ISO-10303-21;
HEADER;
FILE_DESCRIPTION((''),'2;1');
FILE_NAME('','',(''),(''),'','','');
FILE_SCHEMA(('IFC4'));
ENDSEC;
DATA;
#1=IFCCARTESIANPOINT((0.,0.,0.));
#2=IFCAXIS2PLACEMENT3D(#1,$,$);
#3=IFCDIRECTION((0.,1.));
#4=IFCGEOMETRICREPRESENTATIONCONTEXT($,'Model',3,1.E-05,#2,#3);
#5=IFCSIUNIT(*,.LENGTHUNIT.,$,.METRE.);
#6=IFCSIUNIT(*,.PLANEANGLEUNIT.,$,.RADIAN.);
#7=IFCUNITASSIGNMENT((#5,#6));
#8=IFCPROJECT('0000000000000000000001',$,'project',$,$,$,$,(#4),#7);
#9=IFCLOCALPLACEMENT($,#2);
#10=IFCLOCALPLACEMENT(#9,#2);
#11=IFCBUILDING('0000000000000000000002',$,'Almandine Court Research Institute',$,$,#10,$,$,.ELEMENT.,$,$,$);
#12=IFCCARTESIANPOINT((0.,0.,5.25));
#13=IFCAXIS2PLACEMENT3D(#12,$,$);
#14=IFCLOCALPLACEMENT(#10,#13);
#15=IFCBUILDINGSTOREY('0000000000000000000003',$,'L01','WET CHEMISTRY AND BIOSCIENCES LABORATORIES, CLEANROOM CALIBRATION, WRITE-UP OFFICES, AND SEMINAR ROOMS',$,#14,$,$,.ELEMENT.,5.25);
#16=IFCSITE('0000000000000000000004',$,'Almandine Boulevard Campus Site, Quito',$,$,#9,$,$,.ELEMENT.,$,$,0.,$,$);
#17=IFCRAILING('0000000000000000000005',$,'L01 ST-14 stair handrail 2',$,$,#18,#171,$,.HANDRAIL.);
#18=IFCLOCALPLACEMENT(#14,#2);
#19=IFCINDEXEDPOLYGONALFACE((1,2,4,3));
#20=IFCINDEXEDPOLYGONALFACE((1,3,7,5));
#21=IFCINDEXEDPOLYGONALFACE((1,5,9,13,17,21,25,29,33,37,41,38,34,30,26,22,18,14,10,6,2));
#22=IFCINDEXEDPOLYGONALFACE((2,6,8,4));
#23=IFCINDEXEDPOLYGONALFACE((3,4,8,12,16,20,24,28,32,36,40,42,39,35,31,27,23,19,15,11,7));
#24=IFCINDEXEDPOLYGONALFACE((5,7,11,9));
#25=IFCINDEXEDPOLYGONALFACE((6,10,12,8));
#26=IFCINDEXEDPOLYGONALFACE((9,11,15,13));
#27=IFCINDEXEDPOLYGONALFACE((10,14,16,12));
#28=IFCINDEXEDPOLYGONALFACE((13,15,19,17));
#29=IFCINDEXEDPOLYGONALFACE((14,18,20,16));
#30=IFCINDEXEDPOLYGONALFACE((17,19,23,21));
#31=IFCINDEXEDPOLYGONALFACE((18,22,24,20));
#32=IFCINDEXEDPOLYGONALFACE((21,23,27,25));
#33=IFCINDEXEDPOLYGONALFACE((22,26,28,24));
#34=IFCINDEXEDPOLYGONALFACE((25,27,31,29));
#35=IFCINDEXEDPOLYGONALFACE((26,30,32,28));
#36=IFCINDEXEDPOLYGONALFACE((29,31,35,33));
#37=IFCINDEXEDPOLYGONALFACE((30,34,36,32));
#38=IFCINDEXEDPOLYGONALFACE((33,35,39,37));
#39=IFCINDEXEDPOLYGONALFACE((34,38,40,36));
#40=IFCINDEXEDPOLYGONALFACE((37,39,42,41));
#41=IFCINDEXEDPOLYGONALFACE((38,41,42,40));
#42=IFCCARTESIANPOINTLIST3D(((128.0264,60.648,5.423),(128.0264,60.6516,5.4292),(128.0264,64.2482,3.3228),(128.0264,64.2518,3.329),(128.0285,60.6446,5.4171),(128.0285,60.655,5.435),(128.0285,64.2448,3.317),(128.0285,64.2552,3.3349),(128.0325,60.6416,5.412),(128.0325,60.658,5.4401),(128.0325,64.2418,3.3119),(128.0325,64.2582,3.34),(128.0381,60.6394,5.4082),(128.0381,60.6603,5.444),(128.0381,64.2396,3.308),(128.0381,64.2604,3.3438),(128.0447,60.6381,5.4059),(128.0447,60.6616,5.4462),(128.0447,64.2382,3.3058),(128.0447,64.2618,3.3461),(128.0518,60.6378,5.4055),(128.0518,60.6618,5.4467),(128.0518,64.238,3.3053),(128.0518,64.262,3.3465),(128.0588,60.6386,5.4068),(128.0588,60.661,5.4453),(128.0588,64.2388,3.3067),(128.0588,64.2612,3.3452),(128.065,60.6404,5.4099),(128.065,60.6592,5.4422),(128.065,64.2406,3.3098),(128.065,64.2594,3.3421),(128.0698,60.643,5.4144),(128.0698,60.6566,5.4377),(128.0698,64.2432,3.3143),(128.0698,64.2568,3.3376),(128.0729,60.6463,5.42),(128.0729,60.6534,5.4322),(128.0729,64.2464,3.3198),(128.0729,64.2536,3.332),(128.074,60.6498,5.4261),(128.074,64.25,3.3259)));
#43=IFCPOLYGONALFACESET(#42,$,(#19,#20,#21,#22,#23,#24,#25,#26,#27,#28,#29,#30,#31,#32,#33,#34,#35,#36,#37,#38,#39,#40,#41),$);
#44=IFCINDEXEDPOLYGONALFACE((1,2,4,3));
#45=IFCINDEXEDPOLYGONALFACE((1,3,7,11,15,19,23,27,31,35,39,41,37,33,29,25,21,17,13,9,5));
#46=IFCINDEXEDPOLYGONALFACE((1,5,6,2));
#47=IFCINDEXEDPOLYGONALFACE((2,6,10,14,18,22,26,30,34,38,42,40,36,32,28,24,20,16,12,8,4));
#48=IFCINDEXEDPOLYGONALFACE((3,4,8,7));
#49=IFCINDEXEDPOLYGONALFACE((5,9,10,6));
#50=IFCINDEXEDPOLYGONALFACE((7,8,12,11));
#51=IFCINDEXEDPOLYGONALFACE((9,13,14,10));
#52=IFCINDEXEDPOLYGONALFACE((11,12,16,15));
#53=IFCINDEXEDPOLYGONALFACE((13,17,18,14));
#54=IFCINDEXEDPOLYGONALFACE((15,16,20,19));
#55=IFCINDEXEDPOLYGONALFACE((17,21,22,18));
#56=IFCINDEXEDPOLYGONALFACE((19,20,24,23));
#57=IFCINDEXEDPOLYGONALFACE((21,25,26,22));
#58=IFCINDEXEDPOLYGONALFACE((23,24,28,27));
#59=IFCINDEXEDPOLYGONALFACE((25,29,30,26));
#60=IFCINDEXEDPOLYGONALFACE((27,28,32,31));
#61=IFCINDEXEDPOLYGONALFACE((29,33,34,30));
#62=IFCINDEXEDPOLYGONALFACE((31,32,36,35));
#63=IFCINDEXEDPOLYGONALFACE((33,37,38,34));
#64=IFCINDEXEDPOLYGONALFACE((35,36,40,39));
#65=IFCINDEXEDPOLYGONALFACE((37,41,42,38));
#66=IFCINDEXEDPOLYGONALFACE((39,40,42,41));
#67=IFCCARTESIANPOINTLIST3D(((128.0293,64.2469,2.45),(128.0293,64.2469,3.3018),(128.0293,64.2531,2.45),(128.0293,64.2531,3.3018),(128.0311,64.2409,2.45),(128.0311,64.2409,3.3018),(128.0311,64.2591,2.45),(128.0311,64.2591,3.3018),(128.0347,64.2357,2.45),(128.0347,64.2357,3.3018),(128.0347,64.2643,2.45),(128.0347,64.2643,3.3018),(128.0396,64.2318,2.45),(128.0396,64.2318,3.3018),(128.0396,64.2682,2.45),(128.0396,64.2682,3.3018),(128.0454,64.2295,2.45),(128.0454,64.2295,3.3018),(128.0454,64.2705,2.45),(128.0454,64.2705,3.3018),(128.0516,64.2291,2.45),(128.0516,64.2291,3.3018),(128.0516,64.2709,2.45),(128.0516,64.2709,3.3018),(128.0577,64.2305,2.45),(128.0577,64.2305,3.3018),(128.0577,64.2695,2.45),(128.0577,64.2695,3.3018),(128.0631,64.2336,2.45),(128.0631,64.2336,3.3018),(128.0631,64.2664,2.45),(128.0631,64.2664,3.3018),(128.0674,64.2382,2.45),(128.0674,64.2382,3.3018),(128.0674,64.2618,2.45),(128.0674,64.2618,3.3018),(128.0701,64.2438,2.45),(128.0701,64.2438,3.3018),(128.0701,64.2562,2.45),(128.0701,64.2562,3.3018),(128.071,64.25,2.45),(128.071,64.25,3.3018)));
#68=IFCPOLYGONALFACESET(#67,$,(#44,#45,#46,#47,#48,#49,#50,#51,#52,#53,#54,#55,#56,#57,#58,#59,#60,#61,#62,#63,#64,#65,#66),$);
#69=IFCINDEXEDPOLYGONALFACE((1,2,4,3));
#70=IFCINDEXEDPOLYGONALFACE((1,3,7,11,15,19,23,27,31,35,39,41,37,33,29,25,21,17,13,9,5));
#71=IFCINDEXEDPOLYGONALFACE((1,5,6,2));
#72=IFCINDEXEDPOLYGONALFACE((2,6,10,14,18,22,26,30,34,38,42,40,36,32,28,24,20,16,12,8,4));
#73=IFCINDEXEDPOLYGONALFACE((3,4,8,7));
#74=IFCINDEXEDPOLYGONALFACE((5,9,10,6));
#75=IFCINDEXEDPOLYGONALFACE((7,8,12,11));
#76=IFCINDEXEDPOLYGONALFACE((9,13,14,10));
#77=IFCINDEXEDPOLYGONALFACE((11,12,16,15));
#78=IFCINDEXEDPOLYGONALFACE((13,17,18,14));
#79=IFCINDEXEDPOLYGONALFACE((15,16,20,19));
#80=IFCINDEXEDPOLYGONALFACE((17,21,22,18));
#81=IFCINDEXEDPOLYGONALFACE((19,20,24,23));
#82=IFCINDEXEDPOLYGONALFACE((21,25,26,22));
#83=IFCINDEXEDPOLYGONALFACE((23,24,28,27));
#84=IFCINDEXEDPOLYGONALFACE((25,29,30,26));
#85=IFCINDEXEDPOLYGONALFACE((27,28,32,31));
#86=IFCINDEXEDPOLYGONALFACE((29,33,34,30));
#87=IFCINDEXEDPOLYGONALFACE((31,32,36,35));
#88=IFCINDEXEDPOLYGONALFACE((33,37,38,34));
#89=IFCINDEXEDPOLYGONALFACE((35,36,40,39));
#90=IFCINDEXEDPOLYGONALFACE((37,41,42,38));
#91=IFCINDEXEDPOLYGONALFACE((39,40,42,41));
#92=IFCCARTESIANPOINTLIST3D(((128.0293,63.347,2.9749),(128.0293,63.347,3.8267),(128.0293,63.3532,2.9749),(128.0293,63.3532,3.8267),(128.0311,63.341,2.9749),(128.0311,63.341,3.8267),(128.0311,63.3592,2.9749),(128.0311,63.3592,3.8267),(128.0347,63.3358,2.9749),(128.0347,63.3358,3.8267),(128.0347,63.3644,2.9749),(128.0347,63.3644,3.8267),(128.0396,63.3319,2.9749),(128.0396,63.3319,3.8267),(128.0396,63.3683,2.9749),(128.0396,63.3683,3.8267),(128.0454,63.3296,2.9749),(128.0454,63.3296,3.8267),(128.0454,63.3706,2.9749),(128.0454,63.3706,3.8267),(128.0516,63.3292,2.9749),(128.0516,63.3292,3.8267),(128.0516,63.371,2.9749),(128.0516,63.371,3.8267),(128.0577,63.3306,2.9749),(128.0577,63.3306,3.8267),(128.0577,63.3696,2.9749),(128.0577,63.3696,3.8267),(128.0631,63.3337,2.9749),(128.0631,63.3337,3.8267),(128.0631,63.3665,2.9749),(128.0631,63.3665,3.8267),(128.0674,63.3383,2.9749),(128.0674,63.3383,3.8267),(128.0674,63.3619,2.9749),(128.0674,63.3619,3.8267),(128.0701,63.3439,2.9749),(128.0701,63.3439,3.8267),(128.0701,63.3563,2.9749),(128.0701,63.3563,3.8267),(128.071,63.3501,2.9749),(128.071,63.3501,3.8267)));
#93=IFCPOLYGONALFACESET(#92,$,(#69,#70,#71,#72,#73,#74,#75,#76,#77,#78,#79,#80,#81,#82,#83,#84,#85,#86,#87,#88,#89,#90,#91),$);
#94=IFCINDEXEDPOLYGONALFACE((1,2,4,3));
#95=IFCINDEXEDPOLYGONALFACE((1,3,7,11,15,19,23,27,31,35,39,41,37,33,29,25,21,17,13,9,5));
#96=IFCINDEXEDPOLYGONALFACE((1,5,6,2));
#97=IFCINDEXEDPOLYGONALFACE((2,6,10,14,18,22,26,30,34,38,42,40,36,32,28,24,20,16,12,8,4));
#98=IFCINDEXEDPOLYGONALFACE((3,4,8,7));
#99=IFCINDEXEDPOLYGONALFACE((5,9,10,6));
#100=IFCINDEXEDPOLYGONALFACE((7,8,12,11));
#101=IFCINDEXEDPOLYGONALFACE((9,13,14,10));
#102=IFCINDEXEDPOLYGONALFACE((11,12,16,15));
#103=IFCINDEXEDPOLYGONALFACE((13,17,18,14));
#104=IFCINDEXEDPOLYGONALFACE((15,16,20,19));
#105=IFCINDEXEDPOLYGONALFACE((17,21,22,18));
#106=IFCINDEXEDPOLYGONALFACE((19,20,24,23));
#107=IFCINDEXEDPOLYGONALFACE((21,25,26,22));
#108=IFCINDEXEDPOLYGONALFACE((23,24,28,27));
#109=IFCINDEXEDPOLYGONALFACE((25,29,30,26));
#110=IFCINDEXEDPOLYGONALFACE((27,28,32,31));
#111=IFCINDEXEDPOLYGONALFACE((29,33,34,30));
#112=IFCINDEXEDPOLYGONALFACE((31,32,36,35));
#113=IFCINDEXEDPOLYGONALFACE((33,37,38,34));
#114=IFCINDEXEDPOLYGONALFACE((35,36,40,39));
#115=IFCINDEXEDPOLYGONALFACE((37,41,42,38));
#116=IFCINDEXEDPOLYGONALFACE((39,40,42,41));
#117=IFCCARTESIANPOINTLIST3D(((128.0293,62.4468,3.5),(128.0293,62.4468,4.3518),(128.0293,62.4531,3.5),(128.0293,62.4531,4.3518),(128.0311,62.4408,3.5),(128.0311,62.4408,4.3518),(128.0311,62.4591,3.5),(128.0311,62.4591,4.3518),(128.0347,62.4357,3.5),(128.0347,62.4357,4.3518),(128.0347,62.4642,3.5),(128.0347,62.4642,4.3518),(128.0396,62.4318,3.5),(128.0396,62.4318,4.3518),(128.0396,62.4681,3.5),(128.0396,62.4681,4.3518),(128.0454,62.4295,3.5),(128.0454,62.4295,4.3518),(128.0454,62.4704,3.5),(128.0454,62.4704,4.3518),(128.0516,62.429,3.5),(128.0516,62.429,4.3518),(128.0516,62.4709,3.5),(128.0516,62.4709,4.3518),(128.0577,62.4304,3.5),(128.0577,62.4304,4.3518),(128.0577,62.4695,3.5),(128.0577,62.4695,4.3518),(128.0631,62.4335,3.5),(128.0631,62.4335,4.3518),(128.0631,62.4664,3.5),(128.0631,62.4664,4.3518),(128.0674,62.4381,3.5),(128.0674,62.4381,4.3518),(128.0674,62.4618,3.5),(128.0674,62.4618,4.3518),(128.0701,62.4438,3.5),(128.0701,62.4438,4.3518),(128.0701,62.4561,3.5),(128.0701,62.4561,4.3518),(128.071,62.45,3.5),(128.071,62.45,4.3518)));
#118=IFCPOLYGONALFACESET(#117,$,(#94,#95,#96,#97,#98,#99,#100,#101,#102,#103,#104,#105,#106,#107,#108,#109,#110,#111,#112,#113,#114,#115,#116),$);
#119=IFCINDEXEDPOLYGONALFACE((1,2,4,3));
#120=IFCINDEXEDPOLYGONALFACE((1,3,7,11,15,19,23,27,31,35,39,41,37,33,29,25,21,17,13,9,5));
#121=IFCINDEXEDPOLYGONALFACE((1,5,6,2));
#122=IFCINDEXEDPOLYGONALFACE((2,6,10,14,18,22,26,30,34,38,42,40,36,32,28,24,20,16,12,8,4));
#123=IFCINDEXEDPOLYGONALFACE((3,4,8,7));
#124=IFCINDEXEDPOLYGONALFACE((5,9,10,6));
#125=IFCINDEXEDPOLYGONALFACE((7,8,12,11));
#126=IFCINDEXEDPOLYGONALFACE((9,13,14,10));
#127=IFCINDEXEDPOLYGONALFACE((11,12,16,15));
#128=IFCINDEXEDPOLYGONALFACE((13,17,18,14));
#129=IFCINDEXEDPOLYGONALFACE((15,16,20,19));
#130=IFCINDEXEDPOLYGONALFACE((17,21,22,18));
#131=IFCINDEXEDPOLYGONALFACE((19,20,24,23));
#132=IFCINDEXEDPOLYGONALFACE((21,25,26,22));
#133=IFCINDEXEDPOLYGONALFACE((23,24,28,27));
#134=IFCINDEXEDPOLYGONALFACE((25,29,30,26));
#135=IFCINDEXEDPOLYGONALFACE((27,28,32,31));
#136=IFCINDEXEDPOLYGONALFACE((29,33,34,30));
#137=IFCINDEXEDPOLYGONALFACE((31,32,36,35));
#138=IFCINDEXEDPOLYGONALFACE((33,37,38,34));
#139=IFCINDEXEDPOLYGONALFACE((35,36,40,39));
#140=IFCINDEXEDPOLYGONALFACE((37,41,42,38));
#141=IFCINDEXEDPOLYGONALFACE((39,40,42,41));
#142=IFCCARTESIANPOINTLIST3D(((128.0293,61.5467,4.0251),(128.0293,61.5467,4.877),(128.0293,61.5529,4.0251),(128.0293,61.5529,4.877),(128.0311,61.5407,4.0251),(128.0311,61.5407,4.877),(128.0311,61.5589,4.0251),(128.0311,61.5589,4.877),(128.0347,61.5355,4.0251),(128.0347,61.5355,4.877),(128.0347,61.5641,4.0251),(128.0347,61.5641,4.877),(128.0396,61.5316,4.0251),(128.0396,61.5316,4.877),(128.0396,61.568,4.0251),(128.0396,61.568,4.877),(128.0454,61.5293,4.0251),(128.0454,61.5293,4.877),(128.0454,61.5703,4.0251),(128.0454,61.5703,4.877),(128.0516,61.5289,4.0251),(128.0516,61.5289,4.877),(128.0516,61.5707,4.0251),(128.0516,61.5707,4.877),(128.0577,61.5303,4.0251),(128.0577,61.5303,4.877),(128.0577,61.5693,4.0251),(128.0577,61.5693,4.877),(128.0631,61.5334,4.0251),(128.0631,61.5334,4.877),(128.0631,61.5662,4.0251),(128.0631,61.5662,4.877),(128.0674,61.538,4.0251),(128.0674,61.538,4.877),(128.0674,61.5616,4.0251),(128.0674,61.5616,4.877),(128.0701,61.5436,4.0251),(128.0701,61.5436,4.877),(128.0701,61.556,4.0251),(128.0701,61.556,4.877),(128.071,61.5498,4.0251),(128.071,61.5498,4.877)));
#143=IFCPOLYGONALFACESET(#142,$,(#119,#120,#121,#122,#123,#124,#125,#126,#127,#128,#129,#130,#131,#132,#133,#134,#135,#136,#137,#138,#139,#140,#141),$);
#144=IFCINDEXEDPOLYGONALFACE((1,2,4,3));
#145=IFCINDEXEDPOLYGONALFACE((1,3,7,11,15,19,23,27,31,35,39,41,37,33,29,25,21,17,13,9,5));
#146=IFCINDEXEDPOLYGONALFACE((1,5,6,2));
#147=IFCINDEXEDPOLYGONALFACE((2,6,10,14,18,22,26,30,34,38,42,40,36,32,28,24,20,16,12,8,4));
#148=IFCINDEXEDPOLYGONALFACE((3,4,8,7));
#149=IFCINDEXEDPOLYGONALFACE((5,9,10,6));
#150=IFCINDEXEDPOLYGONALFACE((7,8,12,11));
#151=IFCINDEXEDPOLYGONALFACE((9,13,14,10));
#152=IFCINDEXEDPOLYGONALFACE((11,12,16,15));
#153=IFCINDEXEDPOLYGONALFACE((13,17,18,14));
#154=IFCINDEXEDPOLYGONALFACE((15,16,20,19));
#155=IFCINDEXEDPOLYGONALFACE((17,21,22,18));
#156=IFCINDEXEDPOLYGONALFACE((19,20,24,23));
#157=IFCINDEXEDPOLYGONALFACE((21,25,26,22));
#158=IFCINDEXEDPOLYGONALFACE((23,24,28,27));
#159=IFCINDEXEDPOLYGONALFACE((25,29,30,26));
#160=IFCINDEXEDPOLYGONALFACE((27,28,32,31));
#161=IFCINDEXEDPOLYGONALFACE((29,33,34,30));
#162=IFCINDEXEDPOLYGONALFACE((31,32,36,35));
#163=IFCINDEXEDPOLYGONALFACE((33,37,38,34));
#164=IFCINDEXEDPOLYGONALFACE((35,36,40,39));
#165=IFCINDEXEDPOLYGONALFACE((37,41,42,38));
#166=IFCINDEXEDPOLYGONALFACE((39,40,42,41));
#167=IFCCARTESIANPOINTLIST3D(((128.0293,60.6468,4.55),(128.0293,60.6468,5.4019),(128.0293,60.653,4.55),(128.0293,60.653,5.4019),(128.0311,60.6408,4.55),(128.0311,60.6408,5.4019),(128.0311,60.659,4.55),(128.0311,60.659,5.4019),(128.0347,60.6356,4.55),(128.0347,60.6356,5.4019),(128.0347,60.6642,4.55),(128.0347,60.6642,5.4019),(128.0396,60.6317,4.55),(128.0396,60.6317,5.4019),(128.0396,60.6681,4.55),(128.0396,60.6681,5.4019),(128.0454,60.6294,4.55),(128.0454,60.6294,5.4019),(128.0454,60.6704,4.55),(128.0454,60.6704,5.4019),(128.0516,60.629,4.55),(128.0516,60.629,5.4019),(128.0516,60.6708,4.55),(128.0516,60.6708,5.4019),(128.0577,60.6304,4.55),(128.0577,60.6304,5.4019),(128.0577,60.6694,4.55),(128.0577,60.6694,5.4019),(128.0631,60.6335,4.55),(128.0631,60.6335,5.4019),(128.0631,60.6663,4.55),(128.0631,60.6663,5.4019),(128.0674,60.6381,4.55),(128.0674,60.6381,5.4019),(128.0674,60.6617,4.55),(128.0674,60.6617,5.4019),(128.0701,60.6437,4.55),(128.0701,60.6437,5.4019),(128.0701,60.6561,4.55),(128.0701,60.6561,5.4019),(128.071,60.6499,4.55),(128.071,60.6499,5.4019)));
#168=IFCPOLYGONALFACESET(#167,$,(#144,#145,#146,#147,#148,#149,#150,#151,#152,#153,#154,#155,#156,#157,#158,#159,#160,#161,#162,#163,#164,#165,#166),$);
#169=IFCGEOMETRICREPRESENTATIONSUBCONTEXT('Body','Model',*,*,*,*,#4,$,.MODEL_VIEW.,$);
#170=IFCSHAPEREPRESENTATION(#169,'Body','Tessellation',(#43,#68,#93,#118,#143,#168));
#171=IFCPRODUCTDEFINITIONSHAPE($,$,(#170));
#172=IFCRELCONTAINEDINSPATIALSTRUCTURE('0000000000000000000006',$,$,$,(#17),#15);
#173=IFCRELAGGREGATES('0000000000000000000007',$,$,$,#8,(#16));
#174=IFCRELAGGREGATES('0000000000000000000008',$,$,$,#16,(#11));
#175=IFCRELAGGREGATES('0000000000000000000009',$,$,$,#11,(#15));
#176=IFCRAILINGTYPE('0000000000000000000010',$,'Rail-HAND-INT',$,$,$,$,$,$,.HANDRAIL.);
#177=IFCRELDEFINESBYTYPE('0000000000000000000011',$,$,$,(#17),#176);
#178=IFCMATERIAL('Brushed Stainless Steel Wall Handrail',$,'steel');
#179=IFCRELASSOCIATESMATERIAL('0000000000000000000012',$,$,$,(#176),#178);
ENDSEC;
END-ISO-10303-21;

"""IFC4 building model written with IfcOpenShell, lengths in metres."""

from ifc_helpers import new_model, si_unit, direction, frame, origin, origin_2d, place, context, subcontext, project, spatial, circle, extrude, material, type_object, element, save


model = new_model("IFC4")

# Units and contexts
model_context = context("Model", 3, precision=1e-05, world=origin(), true_north=direction((0.0, 1.0)))
body_context = subcontext(model_context, "Body", "Model", "MODEL_VIEW")
ifc_project = project(units=[si_unit("LENGTHUNIT", "METRE"), si_unit("PLANEANGLEUNIT", "RADIAN")], contexts=[model_context])

# Site, building, storey
site_placement = place(None, origin())
site = spatial("IfcSite", under=ifc_project, at=site_placement, Name="Almandine Boulevard Campus Site, Quito", CompositionType="ELEMENT", RefElevation=0.0)
building_placement = place(site_placement, origin())
building = spatial("IfcBuilding", under=site, at=building_placement, Name="Almandine Court Research Institute", CompositionType="ELEMENT")
storey_placement = place(building_placement, frame((0.0, 0.0, 5.25)))
storey = spatial("IfcBuildingStorey", under=building, at=storey_placement, Name="L01", Description="WET CHEMISTRY AND BIOSCIENCES LABORATORIES, CLEANROOM CALIBRATION, WRITE-UP OFFICES, AND SEMINAR ROOMS", CompositionType="ELEMENT", Elevation=5.25)

# Railing
ifc_material_1 = material(Name="Brushed Stainless Steel Wall Handrail", Category="steel")
railing_type_1 = type_object("IfcRailingType", Name="Rail-HAND-INT", PredefinedType="HANDRAIL", material=ifc_material_1)
railing_1_placement = place(storey_placement, frame((128.05, 64.25, 2.45)))
element("IfcRailing", 1, at=railing_1_placement, inside=storey, type_object=railing_type_1, Name="L01 ST-14 stair handrail 2", PredefinedType="HANDRAIL", context=body_context, shape_type="SweptSolid", body=[
    extrude(circle(Radius=0.0239, at=origin_2d()), frame((0.0, 0.0, 0.876), z_axis=(0.0, -0.863775, 0.503878), x_axis=(1.0, 0.0, 0.0)), (0.0, 0.0, 1.0), 4.168),
    extrude(circle(Radius=0.021, at=origin_2d()), origin(), (0.0, 0.0, 1.0), 0.8518),
    extrude(circle(Radius=0.021, at=origin_2d()), frame((0.0, -0.8999, 0.5249)), (0.0, 0.0, 1.0), 0.8518),
    extrude(circle(Radius=0.021, at=origin_2d()), frame((0.0, -1.8, 1.05)), (0.0, 0.0, 1.0), 0.8518),
    extrude(circle(Radius=0.021, at=origin_2d()), frame((0.0, -2.7002, 1.5752)), (0.0, 0.0, 1.0), 0.8518),
    extrude(circle(Radius=0.021, at=origin_2d()), frame((0.0, -3.6001, 2.1001)), (0.0, 0.0, 1.0), 0.8518),
])

save(model, "model.ifc")
